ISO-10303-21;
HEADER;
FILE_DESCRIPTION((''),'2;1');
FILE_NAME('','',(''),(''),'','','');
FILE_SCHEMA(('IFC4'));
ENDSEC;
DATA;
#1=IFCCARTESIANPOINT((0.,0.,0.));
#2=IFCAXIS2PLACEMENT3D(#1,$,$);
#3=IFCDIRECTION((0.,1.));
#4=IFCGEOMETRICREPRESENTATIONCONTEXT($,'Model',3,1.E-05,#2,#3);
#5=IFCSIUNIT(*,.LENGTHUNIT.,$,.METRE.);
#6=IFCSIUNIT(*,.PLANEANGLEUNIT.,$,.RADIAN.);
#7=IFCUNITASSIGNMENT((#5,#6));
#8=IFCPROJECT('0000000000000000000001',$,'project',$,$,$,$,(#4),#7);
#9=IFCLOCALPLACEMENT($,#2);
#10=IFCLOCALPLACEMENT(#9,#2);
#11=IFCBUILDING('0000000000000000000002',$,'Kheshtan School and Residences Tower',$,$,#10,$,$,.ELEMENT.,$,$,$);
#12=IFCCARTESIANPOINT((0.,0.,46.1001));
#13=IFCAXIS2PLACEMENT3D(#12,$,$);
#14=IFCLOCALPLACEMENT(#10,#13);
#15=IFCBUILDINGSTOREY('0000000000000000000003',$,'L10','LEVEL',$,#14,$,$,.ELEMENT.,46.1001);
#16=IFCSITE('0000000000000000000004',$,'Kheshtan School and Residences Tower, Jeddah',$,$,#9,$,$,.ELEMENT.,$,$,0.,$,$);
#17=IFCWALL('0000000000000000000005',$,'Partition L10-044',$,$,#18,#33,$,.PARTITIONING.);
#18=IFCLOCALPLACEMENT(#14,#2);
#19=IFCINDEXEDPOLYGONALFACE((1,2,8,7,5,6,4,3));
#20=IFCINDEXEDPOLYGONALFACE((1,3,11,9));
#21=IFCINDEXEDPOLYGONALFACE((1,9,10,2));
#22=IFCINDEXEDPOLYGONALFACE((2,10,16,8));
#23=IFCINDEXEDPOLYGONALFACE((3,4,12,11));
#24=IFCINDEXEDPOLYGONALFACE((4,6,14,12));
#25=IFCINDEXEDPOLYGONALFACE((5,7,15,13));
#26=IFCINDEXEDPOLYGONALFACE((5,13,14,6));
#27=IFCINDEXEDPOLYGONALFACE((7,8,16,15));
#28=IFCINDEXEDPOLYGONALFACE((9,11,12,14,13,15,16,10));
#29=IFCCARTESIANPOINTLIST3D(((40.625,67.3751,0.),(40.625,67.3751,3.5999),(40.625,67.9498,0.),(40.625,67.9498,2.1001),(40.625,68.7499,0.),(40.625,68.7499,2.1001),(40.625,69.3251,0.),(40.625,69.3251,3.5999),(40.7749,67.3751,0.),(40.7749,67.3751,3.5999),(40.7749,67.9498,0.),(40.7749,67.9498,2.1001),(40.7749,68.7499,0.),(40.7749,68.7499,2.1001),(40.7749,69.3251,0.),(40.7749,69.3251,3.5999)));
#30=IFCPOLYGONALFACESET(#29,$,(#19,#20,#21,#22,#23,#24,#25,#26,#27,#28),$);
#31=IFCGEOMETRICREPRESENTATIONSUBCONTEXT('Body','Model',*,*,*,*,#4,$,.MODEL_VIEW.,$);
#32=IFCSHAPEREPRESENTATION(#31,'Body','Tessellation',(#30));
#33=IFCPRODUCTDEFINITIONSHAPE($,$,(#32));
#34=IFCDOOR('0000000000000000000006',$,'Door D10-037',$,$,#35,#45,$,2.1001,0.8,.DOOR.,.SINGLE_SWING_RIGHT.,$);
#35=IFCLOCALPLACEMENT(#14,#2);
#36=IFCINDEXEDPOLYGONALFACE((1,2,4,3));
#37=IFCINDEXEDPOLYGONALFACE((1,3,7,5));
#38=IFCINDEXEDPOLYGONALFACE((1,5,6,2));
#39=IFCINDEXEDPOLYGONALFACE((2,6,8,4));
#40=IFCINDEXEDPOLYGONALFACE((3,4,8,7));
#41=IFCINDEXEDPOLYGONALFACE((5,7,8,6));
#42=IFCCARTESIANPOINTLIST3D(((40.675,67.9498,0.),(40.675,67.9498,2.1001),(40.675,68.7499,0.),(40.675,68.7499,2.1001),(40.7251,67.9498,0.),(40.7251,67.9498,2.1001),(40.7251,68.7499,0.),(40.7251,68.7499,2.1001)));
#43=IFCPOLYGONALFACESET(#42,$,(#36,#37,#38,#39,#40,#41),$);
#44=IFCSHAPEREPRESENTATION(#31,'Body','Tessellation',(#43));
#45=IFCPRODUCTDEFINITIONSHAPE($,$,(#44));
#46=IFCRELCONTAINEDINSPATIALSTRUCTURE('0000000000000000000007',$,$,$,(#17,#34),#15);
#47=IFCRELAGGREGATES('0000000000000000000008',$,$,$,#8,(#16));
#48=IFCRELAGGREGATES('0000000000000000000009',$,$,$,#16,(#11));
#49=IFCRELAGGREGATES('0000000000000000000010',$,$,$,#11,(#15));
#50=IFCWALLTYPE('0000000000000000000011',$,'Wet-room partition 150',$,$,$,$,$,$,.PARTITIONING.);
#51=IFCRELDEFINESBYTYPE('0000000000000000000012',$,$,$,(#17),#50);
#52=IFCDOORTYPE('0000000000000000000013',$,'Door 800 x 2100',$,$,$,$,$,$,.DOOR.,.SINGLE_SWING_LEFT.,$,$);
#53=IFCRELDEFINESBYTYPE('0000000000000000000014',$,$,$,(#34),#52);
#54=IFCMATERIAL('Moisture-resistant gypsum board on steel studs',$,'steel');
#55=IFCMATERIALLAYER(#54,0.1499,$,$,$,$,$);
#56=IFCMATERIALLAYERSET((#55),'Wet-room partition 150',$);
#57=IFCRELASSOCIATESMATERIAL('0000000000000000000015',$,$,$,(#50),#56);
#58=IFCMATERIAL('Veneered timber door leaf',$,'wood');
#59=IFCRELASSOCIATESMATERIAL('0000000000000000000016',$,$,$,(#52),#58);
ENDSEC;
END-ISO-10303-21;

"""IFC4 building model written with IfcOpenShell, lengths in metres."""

from ifc_helpers import new_model, si_unit, direction, frame, frame_2d, origin, place, context, subcontext, project, spatial, rectangle, extrude, source, transform, mapped, material, layer, layer_set, type_object, element, fill, save


model = new_model("IFC4")

# Units and contexts
model_context = context("Model", 3, precision=1e-05, world=origin(), true_north=direction((0.0, 1.0)))
body_context = subcontext(model_context, "Body", "Model", "MODEL_VIEW")
ifc_project = project(units=[si_unit("LENGTHUNIT", "METRE"), si_unit("PLANEANGLEUNIT", "RADIAN")], contexts=[model_context])

# Site, building, storey
site_placement = place(None, origin())
site = spatial("IfcSite", under=ifc_project, at=site_placement, Name="Kheshtan School and Residences Tower, Jeddah", CompositionType="ELEMENT", RefElevation=0.0)
building_placement = place(site_placement, origin())
building = spatial("IfcBuilding", under=site, at=building_placement, Name="Kheshtan School and Residences Tower", CompositionType="ELEMENT")
storey_placement = place(building_placement, frame((0.0, 0.0, 46.1001)))
storey = spatial("IfcBuildingStorey", under=building, at=storey_placement, Name="L10", Description="LEVEL", CompositionType="ELEMENT", Elevation=46.1001)

# Wall, opening, door
ifc_material_1 = material(Name="Moisture-resistant gypsum board on steel studs", Category="steel")
ifc_layer_1 = layer(ifc_material_1, 0.1499)
ifc_layer_set_1 = layer_set([ifc_layer_1], Name="Wet-room partition 150")
wall_type_1 = type_object("IfcWallType", Name="Wet-room partition 150", PredefinedType="PARTITIONING", material=ifc_layer_set_1)
wall_1_placement = place(storey_placement, frame((40.7, 67.375, 0.0), z_axis=(0.0, 0.0, 1.0), x_axis=(0.0, 1.0, 0.0)))
wall_1 = element("IfcWall", 1, at=wall_1_placement, inside=storey, type_object=wall_type_1, Name="Partition L10-044", PredefinedType="PARTITIONING", context=body_context, shape_type="SweptSolid", body=[
    extrude(rectangle(XDim=1.95, YDim=0.1499, at=frame_2d((0.9751, 0.0))), origin(), (0.0, 0.0, 1.0), 3.5999),
])
opening_1_placement = place(wall_1_placement, frame((0.575, 0.0, 0.0)))
opening_1 = element("IfcOpeningElement", 2, at=opening_1_placement, cuts=wall_1, PredefinedType="OPENING", context=body_context, shape_type="SweptSolid", body=[
    extrude(rectangle(XDim=0.8, YDim=2.1001, at=frame_2d((0.3999, 1.05))), frame((0.0, 0.085, 0.0), z_axis=(0.0, -1.0, 0.0), x_axis=(1.0, 0.0, 0.0)), (0.0, 0.0, 1.0), 0.1699),
])
ifc_material_2 = material(Name="Veneered timber door leaf", Category="wood")
door_type_1 = type_object("IfcDoorType", Name="Door 800 x 2100", OperationType="SINGLE_SWING_LEFT", PredefinedType="DOOR", material=ifc_material_2)
shared_shape_1 = source(origin(), body_context, "Body", "SweptSolid", [
    extrude(rectangle(XDim=0.8, YDim=2.1001, at=frame_2d((0.3999, 1.05))), frame((0.0, 0.0249, 0.0), z_axis=(0.0, -1.0, 0.0), x_axis=(1.0, 0.0, 0.0)), (0.0, 0.0, 1.0), 0.05),
])
door_1_placement = place(opening_1_placement, origin())
door_1 = element("IfcDoor", 3, at=door_1_placement, inside=storey, type_object=door_type_1, Name="Door D10-037", OperationType="SINGLE_SWING_RIGHT", OverallHeight=2.1001, OverallWidth=0.8, PredefinedType="DOOR", context=body_context, shape_type="MappedRepresentation", body=[
    mapped(shared_shape_1, transform((0.0, 0.0, 0.0), x_axis=(1.0, 0.0, 0.0), y_axis=(0.0, 1.0, 0.0), z_axis=(0.0, 0.0, 1.0), scale=1.0)),
])
fill(opening_1, door_1)

save(model, "model.ifc")
